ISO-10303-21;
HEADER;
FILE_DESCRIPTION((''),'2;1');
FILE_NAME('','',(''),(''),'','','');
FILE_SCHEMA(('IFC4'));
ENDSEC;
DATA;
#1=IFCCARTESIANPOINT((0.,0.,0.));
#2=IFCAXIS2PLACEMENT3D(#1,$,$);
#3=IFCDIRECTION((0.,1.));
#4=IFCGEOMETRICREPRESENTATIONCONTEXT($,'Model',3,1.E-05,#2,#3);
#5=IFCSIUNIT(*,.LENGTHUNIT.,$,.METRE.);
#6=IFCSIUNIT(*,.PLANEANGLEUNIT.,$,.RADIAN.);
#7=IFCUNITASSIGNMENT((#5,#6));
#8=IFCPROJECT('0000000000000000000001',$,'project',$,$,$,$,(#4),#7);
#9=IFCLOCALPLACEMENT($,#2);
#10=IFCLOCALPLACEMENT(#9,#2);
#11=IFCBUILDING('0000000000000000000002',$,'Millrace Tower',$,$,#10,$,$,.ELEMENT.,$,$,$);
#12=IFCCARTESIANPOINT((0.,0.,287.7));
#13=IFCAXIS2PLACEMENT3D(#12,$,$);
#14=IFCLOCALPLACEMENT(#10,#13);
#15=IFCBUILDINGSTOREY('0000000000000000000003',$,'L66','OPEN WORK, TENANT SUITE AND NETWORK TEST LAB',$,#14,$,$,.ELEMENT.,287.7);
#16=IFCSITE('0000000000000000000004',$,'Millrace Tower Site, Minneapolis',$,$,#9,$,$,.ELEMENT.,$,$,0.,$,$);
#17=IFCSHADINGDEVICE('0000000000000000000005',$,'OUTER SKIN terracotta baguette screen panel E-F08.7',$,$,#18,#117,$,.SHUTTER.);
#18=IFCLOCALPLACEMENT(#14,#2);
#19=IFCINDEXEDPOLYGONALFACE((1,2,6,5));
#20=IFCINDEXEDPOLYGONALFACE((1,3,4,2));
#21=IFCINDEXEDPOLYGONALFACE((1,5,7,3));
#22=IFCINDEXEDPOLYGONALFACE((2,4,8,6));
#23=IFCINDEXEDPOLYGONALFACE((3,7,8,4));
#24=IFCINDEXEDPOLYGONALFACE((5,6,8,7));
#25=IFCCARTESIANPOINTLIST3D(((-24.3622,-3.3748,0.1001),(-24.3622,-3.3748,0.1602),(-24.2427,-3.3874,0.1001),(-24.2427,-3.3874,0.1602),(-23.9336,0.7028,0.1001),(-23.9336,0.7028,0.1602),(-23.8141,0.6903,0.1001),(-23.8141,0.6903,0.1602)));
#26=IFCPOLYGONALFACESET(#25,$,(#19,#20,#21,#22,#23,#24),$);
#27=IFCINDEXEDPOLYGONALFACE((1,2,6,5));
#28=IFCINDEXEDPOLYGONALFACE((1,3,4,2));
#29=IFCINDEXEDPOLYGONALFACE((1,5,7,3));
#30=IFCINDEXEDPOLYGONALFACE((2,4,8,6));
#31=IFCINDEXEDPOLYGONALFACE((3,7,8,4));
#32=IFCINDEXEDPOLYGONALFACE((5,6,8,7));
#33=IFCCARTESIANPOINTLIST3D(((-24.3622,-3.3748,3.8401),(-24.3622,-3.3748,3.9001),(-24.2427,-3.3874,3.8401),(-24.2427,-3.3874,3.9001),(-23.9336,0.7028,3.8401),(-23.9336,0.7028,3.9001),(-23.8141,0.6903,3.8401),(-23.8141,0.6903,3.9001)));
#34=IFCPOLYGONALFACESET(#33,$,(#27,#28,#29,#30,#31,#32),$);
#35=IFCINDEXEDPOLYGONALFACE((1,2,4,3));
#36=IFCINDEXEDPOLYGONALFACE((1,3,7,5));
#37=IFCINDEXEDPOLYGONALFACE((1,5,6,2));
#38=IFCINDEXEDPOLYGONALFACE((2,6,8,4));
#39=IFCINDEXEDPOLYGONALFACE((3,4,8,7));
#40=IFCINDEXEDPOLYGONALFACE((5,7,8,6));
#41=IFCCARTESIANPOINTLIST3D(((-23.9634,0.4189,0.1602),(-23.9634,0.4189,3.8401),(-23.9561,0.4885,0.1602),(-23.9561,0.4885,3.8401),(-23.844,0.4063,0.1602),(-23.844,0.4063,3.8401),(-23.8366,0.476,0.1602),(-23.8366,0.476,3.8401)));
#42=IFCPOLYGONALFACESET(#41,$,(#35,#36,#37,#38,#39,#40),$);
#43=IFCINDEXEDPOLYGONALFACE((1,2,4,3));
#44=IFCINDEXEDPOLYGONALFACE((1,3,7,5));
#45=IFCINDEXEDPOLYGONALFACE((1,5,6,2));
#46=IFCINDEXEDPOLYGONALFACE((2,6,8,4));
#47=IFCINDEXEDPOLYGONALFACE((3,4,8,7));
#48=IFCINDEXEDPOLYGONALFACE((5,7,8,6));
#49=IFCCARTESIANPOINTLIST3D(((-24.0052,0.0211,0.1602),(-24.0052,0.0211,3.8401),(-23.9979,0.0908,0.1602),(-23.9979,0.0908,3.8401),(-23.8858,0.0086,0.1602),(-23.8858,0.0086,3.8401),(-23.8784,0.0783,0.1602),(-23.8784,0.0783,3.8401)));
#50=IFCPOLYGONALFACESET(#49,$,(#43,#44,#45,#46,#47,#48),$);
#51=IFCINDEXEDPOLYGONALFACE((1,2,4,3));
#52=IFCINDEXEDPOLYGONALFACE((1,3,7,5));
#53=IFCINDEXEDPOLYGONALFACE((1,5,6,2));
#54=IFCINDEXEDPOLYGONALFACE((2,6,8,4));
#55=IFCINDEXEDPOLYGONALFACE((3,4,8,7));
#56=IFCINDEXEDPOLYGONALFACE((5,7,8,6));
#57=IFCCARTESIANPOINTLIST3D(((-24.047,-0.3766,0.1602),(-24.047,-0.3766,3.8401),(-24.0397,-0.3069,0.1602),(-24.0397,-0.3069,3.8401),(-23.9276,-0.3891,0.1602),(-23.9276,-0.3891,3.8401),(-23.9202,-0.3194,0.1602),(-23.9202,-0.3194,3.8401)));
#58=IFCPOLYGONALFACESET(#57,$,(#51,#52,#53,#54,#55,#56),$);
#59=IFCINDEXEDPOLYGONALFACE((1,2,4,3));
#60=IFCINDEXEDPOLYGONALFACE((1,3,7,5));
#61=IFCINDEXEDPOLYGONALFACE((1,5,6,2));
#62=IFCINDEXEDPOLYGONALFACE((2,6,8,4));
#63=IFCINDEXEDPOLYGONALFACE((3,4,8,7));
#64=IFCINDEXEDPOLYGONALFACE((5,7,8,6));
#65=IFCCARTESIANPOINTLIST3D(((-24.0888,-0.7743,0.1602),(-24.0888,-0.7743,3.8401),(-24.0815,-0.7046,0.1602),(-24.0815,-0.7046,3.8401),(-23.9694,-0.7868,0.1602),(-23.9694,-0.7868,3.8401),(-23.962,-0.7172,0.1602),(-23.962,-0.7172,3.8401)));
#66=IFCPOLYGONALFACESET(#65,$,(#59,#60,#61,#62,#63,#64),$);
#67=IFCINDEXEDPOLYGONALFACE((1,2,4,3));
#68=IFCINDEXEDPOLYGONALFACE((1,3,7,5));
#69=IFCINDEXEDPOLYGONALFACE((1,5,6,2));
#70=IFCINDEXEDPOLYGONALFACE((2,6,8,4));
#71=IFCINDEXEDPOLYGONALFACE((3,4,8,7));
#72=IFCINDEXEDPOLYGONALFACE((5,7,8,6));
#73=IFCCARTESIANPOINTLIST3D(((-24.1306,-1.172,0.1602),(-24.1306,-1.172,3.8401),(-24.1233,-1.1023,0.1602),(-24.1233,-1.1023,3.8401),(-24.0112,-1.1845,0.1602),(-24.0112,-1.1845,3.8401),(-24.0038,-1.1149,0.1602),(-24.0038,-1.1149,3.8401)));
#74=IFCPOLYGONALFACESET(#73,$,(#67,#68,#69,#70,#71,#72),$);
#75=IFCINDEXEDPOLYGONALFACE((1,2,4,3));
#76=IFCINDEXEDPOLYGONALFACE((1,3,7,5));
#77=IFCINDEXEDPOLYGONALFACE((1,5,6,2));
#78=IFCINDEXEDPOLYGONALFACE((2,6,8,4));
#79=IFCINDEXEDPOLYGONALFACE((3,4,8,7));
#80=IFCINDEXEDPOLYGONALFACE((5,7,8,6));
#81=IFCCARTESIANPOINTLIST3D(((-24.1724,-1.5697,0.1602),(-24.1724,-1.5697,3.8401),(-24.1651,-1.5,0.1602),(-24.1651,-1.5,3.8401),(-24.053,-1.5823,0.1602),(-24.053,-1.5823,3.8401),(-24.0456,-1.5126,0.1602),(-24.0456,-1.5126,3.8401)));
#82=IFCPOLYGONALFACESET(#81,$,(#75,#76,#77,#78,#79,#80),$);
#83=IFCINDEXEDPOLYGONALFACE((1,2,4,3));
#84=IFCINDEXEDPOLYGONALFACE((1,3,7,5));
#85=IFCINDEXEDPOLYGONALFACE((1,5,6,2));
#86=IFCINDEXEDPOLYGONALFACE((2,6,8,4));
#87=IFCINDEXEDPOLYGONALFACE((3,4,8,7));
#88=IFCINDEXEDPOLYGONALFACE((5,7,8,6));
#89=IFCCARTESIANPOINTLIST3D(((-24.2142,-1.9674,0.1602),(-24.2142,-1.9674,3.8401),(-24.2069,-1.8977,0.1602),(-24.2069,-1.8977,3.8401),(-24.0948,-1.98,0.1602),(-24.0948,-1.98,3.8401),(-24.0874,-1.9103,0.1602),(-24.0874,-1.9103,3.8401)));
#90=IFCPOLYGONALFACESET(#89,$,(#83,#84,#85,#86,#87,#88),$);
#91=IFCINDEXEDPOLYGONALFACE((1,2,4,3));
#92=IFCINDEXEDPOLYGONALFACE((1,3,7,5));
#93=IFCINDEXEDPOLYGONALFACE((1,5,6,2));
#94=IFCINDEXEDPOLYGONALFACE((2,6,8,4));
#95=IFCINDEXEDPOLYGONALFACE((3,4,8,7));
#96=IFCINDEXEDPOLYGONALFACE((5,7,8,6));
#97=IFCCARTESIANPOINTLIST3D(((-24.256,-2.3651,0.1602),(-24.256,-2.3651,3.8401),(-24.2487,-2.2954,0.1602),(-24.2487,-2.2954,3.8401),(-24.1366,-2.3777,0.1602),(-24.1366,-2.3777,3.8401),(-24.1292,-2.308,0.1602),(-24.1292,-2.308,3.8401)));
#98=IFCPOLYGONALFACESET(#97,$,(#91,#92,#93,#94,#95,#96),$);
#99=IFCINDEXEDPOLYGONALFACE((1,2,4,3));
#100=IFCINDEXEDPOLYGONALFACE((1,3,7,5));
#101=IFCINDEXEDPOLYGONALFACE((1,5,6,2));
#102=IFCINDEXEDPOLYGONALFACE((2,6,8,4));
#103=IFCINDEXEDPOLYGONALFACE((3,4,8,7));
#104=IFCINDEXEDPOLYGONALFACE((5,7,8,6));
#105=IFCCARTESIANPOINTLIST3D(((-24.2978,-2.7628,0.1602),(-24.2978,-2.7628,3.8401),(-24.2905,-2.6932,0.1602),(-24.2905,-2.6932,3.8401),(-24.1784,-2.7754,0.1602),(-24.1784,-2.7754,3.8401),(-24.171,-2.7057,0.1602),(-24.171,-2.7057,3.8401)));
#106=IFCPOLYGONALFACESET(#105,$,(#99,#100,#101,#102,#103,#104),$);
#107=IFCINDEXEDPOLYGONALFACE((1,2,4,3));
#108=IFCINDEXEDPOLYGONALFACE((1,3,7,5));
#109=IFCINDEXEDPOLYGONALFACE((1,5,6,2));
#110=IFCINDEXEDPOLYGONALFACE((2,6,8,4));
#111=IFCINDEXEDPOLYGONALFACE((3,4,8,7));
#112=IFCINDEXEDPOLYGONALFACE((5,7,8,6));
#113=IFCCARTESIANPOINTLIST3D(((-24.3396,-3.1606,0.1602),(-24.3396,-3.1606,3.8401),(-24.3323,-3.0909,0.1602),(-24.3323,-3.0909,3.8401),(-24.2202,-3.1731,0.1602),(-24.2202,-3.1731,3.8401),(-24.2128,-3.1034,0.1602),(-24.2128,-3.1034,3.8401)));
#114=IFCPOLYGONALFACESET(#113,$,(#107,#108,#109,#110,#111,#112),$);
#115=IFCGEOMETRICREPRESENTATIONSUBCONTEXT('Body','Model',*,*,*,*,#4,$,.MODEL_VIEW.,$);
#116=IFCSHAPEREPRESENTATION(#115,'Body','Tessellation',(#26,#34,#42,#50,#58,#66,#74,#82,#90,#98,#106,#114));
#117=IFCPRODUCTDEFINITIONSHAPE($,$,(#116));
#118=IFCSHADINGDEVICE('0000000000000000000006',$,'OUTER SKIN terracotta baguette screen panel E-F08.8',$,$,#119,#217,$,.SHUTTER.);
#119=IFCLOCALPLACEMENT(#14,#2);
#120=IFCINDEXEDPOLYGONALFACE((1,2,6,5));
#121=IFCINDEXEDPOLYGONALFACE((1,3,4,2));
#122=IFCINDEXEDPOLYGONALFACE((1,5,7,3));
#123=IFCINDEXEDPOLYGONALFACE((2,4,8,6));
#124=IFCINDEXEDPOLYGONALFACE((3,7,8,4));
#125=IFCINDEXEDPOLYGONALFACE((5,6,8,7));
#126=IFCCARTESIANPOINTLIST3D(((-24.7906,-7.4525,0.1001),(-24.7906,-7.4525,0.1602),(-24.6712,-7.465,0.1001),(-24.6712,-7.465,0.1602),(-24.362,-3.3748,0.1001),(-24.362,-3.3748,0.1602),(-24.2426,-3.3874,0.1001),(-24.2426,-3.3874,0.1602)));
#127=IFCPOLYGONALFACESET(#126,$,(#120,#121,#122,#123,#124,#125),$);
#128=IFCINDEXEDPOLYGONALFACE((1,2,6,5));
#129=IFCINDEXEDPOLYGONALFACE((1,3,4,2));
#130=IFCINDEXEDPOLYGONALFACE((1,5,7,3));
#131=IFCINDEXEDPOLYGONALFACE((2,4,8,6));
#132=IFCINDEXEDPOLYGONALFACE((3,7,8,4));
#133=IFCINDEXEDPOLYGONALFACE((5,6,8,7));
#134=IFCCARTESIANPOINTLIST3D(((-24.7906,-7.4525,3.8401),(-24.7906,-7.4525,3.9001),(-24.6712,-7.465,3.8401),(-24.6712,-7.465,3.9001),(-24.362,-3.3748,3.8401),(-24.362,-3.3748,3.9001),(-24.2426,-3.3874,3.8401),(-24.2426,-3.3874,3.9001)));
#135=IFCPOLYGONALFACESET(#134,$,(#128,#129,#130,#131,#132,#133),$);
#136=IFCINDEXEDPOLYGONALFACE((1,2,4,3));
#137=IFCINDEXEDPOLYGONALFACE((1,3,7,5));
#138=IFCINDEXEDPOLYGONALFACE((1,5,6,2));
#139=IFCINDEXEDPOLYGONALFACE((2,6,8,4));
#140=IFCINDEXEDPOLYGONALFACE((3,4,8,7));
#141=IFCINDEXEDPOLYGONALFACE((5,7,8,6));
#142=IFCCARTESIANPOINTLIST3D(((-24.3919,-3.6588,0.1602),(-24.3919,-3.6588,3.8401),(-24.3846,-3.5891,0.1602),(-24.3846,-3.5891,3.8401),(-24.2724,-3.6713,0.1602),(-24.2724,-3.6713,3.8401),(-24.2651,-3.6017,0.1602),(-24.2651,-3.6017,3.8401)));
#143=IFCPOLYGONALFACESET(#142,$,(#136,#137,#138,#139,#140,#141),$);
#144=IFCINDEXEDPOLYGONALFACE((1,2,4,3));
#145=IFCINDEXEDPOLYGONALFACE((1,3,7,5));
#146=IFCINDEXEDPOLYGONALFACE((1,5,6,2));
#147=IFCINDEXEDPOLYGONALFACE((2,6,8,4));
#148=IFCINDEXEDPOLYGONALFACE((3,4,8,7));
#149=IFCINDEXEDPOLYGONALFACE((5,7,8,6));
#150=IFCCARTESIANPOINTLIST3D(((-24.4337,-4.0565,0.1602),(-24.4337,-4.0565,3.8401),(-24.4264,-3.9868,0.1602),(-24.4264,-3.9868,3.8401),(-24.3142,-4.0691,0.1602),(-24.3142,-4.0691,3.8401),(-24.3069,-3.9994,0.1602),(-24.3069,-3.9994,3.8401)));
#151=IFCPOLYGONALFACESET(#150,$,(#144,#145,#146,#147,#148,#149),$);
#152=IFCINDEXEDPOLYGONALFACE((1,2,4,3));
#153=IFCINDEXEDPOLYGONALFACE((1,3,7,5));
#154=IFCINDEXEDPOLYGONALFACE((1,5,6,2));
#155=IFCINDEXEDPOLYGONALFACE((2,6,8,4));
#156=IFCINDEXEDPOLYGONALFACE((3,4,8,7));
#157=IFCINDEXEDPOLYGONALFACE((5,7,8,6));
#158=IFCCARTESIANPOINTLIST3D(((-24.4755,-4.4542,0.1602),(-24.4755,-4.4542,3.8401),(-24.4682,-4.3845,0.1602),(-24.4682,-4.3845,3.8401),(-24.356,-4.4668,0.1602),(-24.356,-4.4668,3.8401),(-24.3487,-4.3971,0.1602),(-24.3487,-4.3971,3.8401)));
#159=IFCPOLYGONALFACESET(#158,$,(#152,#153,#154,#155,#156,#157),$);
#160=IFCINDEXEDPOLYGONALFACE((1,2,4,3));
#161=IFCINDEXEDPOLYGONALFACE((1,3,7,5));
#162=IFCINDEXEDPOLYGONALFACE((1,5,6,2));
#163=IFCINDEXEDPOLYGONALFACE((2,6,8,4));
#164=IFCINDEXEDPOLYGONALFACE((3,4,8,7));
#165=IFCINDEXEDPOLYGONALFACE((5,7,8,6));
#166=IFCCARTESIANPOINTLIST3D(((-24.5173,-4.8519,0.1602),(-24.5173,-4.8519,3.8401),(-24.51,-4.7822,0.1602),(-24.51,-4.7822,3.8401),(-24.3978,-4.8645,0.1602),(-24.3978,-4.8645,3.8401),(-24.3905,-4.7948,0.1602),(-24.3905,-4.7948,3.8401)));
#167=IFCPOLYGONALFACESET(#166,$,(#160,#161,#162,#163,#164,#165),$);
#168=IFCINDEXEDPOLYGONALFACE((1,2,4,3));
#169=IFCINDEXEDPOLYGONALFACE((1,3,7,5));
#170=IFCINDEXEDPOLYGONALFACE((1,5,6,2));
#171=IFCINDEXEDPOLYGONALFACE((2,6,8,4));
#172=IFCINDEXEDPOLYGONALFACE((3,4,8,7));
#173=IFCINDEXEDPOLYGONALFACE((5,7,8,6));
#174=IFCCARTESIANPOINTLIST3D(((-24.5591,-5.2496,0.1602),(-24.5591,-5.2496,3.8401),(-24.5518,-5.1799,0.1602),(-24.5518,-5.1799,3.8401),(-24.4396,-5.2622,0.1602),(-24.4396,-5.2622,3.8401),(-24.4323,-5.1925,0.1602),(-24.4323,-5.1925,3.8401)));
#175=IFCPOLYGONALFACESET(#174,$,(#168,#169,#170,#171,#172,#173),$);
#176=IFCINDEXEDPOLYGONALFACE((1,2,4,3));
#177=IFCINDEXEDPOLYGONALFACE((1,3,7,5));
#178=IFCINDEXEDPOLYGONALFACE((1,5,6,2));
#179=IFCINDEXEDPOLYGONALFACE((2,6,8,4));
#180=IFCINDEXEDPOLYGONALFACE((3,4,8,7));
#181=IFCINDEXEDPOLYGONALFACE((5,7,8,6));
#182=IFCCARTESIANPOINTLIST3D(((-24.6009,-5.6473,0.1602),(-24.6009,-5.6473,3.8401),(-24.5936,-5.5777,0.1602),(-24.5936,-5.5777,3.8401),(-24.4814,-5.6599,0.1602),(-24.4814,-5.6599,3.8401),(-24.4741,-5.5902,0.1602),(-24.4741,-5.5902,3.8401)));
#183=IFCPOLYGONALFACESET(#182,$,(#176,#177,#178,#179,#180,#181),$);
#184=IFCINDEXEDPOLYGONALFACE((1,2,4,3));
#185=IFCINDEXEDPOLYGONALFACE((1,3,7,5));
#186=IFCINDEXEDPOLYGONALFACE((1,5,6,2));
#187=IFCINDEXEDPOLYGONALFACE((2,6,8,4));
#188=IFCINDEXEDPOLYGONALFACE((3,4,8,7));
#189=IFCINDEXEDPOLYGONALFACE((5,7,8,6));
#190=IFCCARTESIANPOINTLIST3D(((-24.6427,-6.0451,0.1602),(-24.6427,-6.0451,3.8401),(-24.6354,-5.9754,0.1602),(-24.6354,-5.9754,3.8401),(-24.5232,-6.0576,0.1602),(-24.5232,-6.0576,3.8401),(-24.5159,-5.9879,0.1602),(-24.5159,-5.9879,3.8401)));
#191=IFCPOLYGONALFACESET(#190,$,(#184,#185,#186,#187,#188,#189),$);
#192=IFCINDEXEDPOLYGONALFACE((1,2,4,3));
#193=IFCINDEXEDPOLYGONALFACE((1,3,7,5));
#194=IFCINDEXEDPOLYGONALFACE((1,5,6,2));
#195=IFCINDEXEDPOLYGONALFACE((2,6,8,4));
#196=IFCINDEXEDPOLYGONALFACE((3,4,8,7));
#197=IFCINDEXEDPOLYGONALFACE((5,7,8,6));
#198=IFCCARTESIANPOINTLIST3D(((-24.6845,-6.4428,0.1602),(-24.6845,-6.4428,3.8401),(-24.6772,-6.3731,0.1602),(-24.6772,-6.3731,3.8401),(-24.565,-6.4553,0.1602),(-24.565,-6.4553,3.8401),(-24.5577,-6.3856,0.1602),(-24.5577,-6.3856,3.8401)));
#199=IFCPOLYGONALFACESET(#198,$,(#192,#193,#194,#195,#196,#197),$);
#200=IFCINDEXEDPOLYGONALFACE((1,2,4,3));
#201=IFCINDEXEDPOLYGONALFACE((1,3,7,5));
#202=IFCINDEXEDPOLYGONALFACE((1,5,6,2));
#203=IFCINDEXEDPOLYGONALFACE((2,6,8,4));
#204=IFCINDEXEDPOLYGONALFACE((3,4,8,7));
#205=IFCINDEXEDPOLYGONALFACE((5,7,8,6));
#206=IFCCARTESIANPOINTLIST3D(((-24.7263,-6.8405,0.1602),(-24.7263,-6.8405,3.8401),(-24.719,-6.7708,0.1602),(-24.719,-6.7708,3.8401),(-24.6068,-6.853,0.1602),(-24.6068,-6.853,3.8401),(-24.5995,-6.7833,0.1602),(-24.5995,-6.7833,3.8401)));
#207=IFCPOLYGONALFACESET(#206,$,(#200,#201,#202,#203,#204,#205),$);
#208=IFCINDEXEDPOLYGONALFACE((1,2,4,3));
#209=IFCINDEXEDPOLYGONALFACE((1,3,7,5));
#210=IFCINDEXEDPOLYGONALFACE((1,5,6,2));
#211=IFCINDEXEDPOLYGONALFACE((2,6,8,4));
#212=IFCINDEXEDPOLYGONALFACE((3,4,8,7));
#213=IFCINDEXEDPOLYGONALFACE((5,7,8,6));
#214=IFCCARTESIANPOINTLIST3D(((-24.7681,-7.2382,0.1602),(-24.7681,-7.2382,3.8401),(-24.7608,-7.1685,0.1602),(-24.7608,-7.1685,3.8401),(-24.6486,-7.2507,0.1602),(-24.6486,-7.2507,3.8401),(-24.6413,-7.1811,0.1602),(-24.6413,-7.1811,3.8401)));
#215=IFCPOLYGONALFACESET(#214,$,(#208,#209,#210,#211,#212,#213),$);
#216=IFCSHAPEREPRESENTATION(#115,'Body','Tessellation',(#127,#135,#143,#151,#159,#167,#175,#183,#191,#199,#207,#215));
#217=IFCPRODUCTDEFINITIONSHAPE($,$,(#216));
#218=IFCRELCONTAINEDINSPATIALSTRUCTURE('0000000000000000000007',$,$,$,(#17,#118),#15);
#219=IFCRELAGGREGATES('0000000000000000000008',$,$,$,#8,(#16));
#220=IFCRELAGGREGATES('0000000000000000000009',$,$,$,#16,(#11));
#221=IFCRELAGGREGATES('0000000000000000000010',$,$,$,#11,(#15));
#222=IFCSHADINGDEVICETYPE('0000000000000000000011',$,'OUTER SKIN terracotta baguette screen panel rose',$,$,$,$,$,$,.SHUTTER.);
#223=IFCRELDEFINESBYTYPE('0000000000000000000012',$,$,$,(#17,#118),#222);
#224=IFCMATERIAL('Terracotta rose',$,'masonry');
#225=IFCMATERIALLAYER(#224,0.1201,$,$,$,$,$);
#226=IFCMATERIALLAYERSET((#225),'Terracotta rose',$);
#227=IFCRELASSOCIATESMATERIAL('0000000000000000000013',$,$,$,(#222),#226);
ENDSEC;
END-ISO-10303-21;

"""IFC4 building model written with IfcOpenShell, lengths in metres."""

from ifc_helpers import new_model, entity, si_unit, direction, frame, frame_2d, origin, place, context, subcontext, project, spatial, rectangle, extrude, source, transform, mapped, material, layer, layer_set, type_object, element, save


model = new_model("IFC4")

# Units and contexts
model_context = context("Model", 3, precision=1e-05, world=origin(), true_north=direction((0.0, 1.0)))
body_context = subcontext(model_context, "Body", "Model", "MODEL_VIEW")
ifc_project = project(units=[si_unit("LENGTHUNIT", "METRE"), si_unit("PLANEANGLEUNIT", "RADIAN")], contexts=[model_context])

# Site, building, storey
site_placement = place(None, origin())
site = spatial("IfcSite", under=ifc_project, at=site_placement, Name="Millrace Tower Site, Minneapolis", CompositionType="ELEMENT", RefElevation=0.0)
building_placement = place(site_placement, origin())
building = spatial("IfcBuilding", under=site, at=building_placement, Name="Millrace Tower", CompositionType="ELEMENT")
storey_placement = place(building_placement, frame((0.0, 0.0, 287.7)))
storey = spatial("IfcBuildingStorey", under=building, at=storey_placement, Name="L66", Description="OPEN WORK, TENANT SUITE AND NETWORK TEST LAB", CompositionType="ELEMENT", Elevation=287.7)

# Shading devices
ifc_material_1 = material(Name="Terracotta rose", Category="masonry")
ifc_layer_1 = layer(ifc_material_1, 0.1201)
ifc_layer_set_1 = layer_set([ifc_layer_1], Name="Terracotta rose")
shading_device_type = type_object("IfcShadingDeviceType", Name="OUTER SKIN terracotta baguette screen panel rose", PredefinedType="SHUTTER", material=ifc_layer_set_1)
cartesian_point_1 = entity("IfcCartesianPoint", [-2.05, 0.0601])
shared_polyline_1 = entity("IfcPolyline", [cartesian_point_1, entity("IfcCartesianPoint", [2.05, 0.0601]), entity("IfcCartesianPoint", [2.05, -0.0601]), entity("IfcCartesianPoint", [-2.05, -0.0601]), cartesian_point_1])
shared_shape_1 = source(origin(), body_context, "Body", "SweptSolid", [
    entity("IfcExtrudedAreaSolid", entity("IfcArbitraryClosedProfileDef", "AREA", None, shared_polyline_1), entity("IfcAxis2Placement3D", entity("IfcCartesianPoint", [0.0, 0.0, 0.0])), entity("IfcDirection", [0.0, 0.0, 1.0]), 0.0601),
    entity("IfcExtrudedAreaSolid", entity("IfcArbitraryClosedProfileDef", "AREA", None, shared_polyline_1), entity("IfcAxis2Placement3D", entity("IfcCartesianPoint", [0.0, 0.0, 3.74])), entity("IfcDirection", [0.0, 0.0, 1.0]), 0.0601),
    extrude(rectangle(XDim=0.0701, YDim=0.1201, at=frame_2d((-1.7996, 0.0))), frame((0.0, 0.0, 0.0601)), (0.0, 0.0, 1.0), 3.6799),
    extrude(rectangle(XDim=0.0701, YDim=0.1201, at=frame_2d((-1.3997, 0.0))), frame((0.0, 0.0, 0.0601)), (0.0, 0.0, 1.0), 3.6799),
    extrude(rectangle(XDim=0.0701, YDim=0.1201, at=frame_2d((-0.9998, 0.0))), frame((0.0, 0.0, 0.0601)), (0.0, 0.0, 1.0), 3.6799),
    extrude(rectangle(XDim=0.0701, YDim=0.1201, at=frame_2d((-0.5999, 0.0))), frame((0.0, 0.0, 0.0601)), (0.0, 0.0, 1.0), 3.6799),
    extrude(rectangle(XDim=0.0701, YDim=0.1201, at=frame_2d((-0.2, 0.0))), frame((0.0, 0.0, 0.0601)), (0.0, 0.0, 1.0), 3.6799),
    extrude(rectangle(XDim=0.0701, YDim=0.1201, at=frame_2d((0.2, 0.0))), frame((0.0, 0.0, 0.0601)), (0.0, 0.0, 1.0), 3.6799),
    extrude(rectangle(XDim=0.0701, YDim=0.1201, at=frame_2d((0.5999, 0.0))), frame((0.0, 0.0, 0.0601)), (0.0, 0.0, 1.0), 3.6799),
    extrude(rectangle(XDim=0.0701, YDim=0.1201, at=frame_2d((0.9998, 0.0))), frame((0.0, 0.0, 0.0601)), (0.0, 0.0, 1.0), 3.6799),
    extrude(rectangle(XDim=0.0701, YDim=0.1201, at=frame_2d((1.3997, 0.0))), frame((0.0, 0.0, 0.0601)), (0.0, 0.0, 1.0), 3.6799),
    extrude(rectangle(XDim=0.0701, YDim=0.1201, at=frame_2d((1.7996, 0.0))), frame((0.0, 0.0, 0.0601)), (0.0, 0.0, 1.0), 3.6799),
])
for number, where, z_axis, x_axis, name in (
    (1, (-24.0881, -1.3423, 0.1001), (0.0, 0.0, 1.0), (-0.104528, -0.994522, 0.0), "OUTER SKIN terracotta baguette screen panel E-F08.7"),
    (2, (-24.5166, -5.4199, 0.1001), (0.0, 0.0, 1.0), (-0.104528, -0.994522, 0.0), "OUTER SKIN terracotta baguette screen panel E-F08.8"),
):
    element("IfcShadingDevice", number, at=place(storey_placement, frame(where, z_axis=z_axis, x_axis=x_axis)), inside=storey, type_object=shading_device_type, Name=name, PredefinedType="SHUTTER", context=body_context, shape_type="MappedRepresentation", body=[
        mapped(shared_shape_1, transform((0.0, 0.0, 0.0), scale=1.0)),
    ])

save(model, "model.ifc")
